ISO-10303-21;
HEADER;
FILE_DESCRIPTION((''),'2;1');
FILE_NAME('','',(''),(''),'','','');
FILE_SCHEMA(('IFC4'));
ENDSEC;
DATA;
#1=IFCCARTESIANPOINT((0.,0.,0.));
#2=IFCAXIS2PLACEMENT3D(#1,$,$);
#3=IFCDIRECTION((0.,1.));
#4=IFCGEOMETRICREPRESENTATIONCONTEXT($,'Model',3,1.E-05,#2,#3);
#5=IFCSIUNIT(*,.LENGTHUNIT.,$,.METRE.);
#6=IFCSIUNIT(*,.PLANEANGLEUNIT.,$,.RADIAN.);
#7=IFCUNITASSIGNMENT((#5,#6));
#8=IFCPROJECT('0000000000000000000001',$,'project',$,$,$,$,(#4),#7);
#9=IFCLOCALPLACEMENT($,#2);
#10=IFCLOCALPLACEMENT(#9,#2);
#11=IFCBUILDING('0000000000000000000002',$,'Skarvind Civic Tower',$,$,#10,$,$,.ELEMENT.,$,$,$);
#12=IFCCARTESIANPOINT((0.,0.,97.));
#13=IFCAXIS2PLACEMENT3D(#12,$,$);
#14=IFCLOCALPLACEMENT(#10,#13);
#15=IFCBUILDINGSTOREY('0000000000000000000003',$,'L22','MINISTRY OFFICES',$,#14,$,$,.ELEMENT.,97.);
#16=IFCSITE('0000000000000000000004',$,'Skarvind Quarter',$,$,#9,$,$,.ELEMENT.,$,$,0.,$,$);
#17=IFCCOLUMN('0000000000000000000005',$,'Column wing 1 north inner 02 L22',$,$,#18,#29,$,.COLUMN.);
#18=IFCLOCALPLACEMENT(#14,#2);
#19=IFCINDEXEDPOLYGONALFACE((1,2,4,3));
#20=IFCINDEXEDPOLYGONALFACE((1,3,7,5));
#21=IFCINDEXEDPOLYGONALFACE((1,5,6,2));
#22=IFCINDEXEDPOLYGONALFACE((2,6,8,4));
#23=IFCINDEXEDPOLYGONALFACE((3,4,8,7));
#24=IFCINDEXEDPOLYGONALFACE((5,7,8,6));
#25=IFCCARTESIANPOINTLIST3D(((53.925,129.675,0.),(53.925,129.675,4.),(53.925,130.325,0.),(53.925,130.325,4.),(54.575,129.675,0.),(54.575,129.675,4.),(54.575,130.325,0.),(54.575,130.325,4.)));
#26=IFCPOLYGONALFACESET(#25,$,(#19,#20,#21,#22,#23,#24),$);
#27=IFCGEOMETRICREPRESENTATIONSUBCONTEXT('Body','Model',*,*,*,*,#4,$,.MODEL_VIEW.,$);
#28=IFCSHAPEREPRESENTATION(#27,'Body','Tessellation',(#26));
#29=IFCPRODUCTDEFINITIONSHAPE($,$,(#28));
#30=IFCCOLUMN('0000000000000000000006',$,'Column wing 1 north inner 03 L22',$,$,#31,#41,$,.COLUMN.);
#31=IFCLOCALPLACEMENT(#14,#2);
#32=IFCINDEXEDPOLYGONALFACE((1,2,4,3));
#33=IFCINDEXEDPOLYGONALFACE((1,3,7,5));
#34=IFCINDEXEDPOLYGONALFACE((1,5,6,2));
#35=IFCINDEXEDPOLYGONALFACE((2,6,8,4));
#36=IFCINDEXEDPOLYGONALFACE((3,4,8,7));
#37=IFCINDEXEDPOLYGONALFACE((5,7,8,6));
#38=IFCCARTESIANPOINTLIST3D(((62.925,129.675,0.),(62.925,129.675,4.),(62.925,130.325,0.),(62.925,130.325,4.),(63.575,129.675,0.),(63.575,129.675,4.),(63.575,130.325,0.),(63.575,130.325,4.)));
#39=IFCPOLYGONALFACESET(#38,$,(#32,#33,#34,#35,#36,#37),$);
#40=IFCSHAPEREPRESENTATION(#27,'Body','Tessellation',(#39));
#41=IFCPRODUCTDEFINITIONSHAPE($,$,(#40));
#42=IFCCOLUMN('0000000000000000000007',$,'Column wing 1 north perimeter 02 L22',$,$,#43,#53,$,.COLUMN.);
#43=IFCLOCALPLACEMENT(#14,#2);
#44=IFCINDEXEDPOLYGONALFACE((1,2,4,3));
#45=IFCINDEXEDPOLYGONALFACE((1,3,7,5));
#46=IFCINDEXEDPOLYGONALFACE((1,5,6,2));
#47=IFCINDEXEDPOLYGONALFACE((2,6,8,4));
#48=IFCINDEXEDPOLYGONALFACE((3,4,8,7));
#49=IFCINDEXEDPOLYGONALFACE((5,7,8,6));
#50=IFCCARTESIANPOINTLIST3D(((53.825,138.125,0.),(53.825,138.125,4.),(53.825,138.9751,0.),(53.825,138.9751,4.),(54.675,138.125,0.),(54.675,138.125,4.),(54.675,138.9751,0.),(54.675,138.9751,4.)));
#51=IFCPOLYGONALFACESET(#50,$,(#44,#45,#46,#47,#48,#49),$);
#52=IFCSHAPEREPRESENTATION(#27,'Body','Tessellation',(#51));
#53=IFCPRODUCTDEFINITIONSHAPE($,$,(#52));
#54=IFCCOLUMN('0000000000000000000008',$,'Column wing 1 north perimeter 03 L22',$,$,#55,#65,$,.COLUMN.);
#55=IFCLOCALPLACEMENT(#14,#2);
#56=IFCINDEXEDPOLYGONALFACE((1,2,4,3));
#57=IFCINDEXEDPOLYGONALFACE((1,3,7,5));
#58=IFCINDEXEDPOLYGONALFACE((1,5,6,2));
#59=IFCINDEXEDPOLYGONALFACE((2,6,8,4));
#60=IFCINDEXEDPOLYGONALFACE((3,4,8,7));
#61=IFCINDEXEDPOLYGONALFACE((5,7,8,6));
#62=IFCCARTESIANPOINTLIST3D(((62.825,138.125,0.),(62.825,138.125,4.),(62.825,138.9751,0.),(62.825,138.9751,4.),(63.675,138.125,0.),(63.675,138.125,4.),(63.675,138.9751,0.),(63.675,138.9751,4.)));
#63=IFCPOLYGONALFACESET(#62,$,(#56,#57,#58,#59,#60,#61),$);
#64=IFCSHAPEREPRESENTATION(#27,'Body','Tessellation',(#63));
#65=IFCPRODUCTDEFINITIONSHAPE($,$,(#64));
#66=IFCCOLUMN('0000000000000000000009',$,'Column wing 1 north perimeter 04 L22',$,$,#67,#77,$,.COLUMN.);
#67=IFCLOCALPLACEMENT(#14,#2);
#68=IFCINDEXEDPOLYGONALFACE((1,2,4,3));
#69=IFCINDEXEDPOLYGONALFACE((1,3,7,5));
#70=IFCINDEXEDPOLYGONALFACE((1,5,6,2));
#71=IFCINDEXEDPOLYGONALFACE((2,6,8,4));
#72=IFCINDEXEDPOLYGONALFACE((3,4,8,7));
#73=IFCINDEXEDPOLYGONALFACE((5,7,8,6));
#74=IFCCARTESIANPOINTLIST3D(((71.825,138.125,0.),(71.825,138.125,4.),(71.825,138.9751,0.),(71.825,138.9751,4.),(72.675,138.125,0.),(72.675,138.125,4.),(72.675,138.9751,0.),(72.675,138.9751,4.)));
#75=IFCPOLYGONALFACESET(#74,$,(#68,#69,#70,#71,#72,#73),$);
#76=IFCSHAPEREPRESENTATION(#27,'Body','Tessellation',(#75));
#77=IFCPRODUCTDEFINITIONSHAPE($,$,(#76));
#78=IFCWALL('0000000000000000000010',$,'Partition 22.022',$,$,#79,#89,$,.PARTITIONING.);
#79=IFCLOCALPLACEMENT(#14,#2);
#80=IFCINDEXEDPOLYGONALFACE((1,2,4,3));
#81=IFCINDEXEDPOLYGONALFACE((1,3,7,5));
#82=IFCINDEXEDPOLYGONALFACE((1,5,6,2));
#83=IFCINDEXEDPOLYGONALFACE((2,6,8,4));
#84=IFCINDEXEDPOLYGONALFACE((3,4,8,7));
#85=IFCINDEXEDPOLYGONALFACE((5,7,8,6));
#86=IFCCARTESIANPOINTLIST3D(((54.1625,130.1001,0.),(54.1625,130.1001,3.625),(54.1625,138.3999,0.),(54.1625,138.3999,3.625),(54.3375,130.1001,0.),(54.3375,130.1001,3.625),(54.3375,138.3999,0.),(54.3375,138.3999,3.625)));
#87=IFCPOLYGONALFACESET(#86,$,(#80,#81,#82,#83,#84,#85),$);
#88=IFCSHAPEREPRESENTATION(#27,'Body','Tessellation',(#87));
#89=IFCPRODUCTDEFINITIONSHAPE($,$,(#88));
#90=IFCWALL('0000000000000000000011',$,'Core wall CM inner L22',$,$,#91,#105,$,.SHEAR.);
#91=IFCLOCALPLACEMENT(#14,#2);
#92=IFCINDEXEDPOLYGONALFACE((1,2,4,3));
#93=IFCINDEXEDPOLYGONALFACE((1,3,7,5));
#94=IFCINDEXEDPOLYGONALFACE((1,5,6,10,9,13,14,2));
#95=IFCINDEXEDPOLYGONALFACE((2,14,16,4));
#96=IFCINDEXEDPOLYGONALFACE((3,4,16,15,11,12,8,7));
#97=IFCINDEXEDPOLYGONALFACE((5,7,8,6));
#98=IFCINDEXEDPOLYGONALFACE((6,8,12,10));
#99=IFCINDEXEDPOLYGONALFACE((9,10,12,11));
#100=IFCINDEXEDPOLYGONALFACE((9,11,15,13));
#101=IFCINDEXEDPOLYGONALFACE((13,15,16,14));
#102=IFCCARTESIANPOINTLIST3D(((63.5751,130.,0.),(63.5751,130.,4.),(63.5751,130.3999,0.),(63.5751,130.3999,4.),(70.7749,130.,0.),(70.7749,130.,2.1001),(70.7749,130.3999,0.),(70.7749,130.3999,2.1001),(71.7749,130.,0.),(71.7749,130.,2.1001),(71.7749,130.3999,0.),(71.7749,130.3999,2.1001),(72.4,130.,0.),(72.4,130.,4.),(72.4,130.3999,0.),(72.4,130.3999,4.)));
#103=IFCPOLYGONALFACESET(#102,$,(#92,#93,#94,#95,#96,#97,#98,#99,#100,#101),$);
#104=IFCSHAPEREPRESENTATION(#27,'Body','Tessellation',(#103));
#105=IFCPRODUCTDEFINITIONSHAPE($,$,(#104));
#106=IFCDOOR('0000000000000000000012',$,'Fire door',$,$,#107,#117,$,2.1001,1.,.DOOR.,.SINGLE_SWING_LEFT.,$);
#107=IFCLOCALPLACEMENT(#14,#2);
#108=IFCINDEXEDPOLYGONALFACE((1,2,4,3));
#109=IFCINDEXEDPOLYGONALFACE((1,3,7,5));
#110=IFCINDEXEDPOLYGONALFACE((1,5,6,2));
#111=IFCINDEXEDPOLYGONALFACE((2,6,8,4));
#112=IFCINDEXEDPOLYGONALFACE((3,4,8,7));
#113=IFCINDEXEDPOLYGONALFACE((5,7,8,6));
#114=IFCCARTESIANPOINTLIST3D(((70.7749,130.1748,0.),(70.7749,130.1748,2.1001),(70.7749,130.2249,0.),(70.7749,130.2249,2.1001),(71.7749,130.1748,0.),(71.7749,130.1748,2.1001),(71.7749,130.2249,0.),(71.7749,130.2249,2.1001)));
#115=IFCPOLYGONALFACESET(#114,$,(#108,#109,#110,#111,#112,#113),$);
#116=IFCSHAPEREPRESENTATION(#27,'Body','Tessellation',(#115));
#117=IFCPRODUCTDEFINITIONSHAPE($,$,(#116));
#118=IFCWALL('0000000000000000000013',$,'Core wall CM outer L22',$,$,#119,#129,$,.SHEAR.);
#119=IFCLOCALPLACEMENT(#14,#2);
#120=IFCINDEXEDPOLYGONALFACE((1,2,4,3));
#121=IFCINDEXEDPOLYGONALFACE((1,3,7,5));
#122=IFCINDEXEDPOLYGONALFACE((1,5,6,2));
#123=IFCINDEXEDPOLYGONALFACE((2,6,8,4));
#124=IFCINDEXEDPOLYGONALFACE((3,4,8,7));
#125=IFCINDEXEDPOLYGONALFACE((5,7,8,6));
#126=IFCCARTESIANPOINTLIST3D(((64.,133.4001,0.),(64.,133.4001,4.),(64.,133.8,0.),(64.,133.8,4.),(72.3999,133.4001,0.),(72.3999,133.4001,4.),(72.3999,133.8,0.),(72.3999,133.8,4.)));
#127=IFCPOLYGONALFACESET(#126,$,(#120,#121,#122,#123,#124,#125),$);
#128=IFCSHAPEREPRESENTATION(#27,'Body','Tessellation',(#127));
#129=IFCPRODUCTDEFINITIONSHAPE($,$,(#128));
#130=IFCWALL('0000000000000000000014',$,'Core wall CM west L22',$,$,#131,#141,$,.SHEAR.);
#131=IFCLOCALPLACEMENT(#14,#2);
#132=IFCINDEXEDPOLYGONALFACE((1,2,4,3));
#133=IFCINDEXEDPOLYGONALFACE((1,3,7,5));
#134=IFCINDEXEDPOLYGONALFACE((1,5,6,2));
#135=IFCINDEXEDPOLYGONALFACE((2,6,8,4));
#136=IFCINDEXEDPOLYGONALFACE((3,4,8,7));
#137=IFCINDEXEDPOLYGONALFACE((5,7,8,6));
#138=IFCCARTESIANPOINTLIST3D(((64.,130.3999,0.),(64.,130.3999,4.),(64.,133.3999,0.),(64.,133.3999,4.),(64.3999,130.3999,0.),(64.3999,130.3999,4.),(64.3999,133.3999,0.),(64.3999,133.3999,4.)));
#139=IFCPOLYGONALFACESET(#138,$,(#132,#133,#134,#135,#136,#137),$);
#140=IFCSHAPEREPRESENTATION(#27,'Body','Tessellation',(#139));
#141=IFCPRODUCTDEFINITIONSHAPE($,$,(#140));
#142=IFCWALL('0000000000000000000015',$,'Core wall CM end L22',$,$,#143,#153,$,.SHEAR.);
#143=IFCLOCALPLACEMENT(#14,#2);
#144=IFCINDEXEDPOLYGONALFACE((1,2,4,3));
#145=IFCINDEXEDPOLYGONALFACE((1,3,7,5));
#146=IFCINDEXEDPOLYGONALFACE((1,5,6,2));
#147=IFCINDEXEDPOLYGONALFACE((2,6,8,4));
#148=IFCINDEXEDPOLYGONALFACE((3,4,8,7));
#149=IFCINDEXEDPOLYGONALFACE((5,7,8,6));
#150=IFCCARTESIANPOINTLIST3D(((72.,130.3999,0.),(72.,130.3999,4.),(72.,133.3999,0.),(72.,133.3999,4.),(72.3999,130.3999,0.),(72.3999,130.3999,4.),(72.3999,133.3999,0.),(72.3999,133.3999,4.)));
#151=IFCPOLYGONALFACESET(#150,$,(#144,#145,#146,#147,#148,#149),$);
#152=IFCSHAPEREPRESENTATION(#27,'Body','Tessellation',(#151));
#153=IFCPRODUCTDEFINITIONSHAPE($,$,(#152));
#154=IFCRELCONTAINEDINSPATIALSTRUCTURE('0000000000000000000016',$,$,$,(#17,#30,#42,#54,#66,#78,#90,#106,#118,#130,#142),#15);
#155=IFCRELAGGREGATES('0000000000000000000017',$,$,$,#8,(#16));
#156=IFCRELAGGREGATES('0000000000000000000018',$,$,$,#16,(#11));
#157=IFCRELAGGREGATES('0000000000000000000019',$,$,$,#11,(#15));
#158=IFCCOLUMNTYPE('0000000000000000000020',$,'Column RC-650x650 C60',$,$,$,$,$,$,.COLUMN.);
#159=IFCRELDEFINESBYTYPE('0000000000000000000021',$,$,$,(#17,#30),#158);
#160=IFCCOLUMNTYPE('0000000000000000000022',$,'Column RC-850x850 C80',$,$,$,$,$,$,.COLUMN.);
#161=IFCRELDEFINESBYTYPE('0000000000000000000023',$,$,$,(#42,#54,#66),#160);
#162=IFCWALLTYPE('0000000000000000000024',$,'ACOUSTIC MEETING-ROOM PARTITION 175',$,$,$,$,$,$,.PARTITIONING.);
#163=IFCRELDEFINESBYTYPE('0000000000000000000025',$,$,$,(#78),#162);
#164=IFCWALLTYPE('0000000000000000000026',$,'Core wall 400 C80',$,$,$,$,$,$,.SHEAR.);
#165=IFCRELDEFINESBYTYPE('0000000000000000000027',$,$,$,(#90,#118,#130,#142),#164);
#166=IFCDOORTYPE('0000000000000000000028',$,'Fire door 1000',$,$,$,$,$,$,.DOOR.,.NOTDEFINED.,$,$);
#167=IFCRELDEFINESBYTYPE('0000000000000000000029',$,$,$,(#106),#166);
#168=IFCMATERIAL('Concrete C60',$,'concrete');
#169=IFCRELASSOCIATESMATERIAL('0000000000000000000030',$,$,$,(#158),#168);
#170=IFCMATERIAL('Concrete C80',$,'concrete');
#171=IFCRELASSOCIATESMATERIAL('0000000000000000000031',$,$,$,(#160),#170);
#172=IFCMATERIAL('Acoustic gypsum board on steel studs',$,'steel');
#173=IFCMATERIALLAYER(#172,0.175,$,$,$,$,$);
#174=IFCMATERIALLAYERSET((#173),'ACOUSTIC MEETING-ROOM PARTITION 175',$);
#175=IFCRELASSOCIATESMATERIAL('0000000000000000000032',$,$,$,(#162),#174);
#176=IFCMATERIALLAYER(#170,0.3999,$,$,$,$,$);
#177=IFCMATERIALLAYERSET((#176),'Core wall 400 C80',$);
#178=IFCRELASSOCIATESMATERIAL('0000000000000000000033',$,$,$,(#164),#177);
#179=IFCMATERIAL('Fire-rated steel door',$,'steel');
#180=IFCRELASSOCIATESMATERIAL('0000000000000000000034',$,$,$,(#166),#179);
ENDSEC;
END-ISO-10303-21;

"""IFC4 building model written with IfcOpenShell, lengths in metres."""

from ifc_helpers import new_model, si_unit, direction, frame, frame_2d, origin, origin_2d, place, context, subcontext, project, spatial, rectangle, extrude, material, layer, layer_set, material_profile, profile_set, type_object, element, fill, save


model = new_model("IFC4")

# Units and contexts
model_context = context("Model", 3, precision=1e-05, world=origin(), true_north=direction((0.0, 1.0)))
body_context = subcontext(model_context, "Body", "Model", "MODEL_VIEW")
ifc_project = project(units=[si_unit("LENGTHUNIT", "METRE"), si_unit("PLANEANGLEUNIT", "RADIAN")], contexts=[model_context])

# Site, building, storey
site_placement = place(None, origin())
site = spatial("IfcSite", under=ifc_project, at=site_placement, Name="Skarvind Quarter", CompositionType="ELEMENT", RefElevation=0.0)
building_placement = place(site_placement, origin())
building = spatial("IfcBuilding", under=site, at=building_placement, Name="Skarvind Civic Tower", CompositionType="ELEMENT")
storey_placement = place(building_placement, frame((0.0, 0.0, 97.0)))
storey = spatial("IfcBuildingStorey", under=building, at=storey_placement, Name="L22", Description="MINISTRY OFFICES", CompositionType="ELEMENT", Elevation=97.0)

# Columns
ifc_material_1 = material(Name="Concrete C60", Category="concrete")
ifc_material_profile_1 = material_profile(ifc_material_1, rectangle(XDim=0.6499, YDim=0.6499, at=origin_2d()), Name="RC-650x650")
ifc_profile_set_1 = profile_set([ifc_material_profile_1], Name="Concrete C60")
column_type_1 = type_object("IfcColumnType", Name="Column RC-650x650 C60", PredefinedType="COLUMN", material=ifc_profile_set_1)
for number, where, z_axis, x_axis, name in (
    (1, (54.25, 130.0, 0.0), (0.0, 0.0, 1.0), (1.0, 0.0, 0.0), "Column wing 1 north inner 02 L22"),
    (2, (63.25, 130.0, 0.0), (0.0, 0.0, 1.0), (1.0, 0.0, 0.0), "Column wing 1 north inner 03 L22"),
):
    element("IfcColumn", number, at=place(storey_placement, frame(where, z_axis=z_axis, x_axis=x_axis)), inside=storey, type_object=column_type_1, Name=name, PredefinedType="COLUMN", context=body_context, shape_type="SweptSolid", body=[
        extrude(rectangle(XDim=0.6499, YDim=0.6499, at=origin_2d()), origin(), (0.0, 0.0, 1.0), 4.0),
    ])
ifc_material_2 = material(Name="Concrete C80", Category="concrete")
ifc_material_profile_2 = material_profile(ifc_material_2, rectangle(XDim=0.8501, YDim=0.8501, at=origin_2d()), Name="RC-850x850")
ifc_profile_set_2 = profile_set([ifc_material_profile_2], Name="Concrete C80")
column_type_2 = type_object("IfcColumnType", Name="Column RC-850x850 C80", PredefinedType="COLUMN", material=ifc_profile_set_2)
for number, where, z_axis, x_axis, name in (
    (3, (54.25, 138.55, 0.0), (0.0, 0.0, 1.0), (1.0, 0.0, 0.0), "Column wing 1 north perimeter 02 L22"),
    (4, (63.25, 138.55, 0.0), (0.0, 0.0, 1.0), (1.0, 0.0, 0.0), "Column wing 1 north perimeter 03 L22"),
    (5, (72.25, 138.55, 0.0), (0.0, 0.0, 1.0), (1.0, 0.0, 0.0), "Column wing 1 north perimeter 04 L22"),
):
    element("IfcColumn", number, at=place(storey_placement, frame(where, z_axis=z_axis, x_axis=x_axis)), inside=storey, type_object=column_type_2, Name=name, PredefinedType="COLUMN", context=body_context, shape_type="SweptSolid", body=[
        extrude(rectangle(XDim=0.8501, YDim=0.8501, at=origin_2d()), origin(), (0.0, 0.0, 1.0), 4.0),
    ])

# Wall
ifc_material_3 = material(Name="Acoustic gypsum board on steel studs", Category="steel")
ifc_layer_1 = layer(ifc_material_3, 0.175)
ifc_layer_set_1 = layer_set([ifc_layer_1], Name="ACOUSTIC MEETING-ROOM PARTITION 175")
wall_type_1 = type_object("IfcWallType", Name="ACOUSTIC MEETING-ROOM PARTITION 175", PredefinedType="PARTITIONING", material=ifc_layer_set_1)
wall_1_placement = place(storey_placement, frame((54.25, 138.3999, 0.0), z_axis=(0.0, 0.0, 1.0), x_axis=(0.0, -1.0, 0.0)))
element("IfcWall", 6, at=wall_1_placement, inside=storey, type_object=wall_type_1, Name="Partition 22.022", PredefinedType="PARTITIONING", context=body_context, shape_type="SweptSolid", body=[
    extrude(rectangle(XDim=8.2998, YDim=0.175, at=frame_2d((4.1499, 0.0))), origin(), (0.0, 0.0, 1.0), 3.625),
])

# Wall, opening, door
ifc_layer_2 = layer(ifc_material_2, 0.3999)
ifc_layer_set_2 = layer_set([ifc_layer_2], Name="Core wall 400 C80")
wall_type_2 = type_object("IfcWallType", Name="Core wall 400 C80", PredefinedType="SHEAR", material=ifc_layer_set_2)
wall_2_placement = place(storey_placement, frame((63.575, 130.2, 0.0), z_axis=(0.0, 0.0, 1.0), x_axis=(1.0, 0.0, 0.0)))
wall_2 = element("IfcWall", 7, at=wall_2_placement, inside=storey, type_object=wall_type_2, Name="Core wall CM inner L22", PredefinedType="SHEAR", context=body_context, shape_type="SweptSolid", body=[
    extrude(rectangle(XDim=8.825, YDim=0.3999, at=frame_2d((4.4126, 0.0))), origin(), (0.0, 0.0, 1.0), 4.0),
])
opening_1_placement = place(wall_2_placement, frame((7.2, 0.0, 0.0)))
opening_1 = element("IfcOpeningElement", 8, at=opening_1_placement, cuts=wall_2, PredefinedType="OPENING", context=body_context, shape_type="SweptSolid", body=[
    extrude(rectangle(XDim=1.0, YDim=2.1001, at=frame_2d((0.5, 1.05))), frame((0.0, 0.21, 0.0), z_axis=(0.0, -1.0, 0.0), x_axis=(1.0, 0.0, 0.0)), (0.0, 0.0, 1.0), 0.4199),
])
ifc_material_4 = material(Name="Fire-rated steel door", Category="steel")
door_type_1 = type_object("IfcDoorType", Name="Fire door 1000", OperationType="NOTDEFINED", PredefinedType="DOOR", material=ifc_material_4)
door_1_placement = place(opening_1_placement, origin())
door_1 = element("IfcDoor", 9, at=door_1_placement, inside=storey, type_object=door_type_1, Name="Fire door", OperationType="SINGLE_SWING_LEFT", OverallHeight=2.1001, OverallWidth=1.0, PredefinedType="DOOR", context=body_context, shape_type="SweptSolid", body=[
    extrude(rectangle(XDim=1.0, YDim=2.1001, at=frame_2d((0.5, 1.05))), frame((0.0, 0.0249, 0.0), z_axis=(0.0, -1.0, 0.0), x_axis=(1.0, 0.0, 0.0)), (0.0, 0.0, 1.0), 0.05),
])
fill(opening_1, door_1)

# Walls
wall_3_placement = place(storey_placement, frame((64.0, 133.6001, 0.0), z_axis=(0.0, 0.0, 1.0), x_axis=(1.0, 0.0, 0.0)))
element("IfcWall", 10, at=wall_3_placement, inside=storey, type_object=wall_type_2, Name="Core wall CM outer L22", PredefinedType="SHEAR", context=body_context, shape_type="SweptSolid", body=[
    extrude(rectangle(XDim=8.3999, YDim=0.3999, at=frame_2d((4.2, 0.0))), origin(), (0.0, 0.0, 1.0), 4.0),
])
for number, where, z_axis, x_axis, name in (
    (11, (64.2, 130.3999, 0.0), (0.0, 0.0, 1.0), (0.0, 1.0, 0.0), "Core wall CM west L22"),
    (12, (72.2, 130.3999, 0.0), (0.0, 0.0, 1.0), (0.0, 1.0, 0.0), "Core wall CM end L22"),
):
    element("IfcWall", number, at=place(storey_placement, frame(where, z_axis=z_axis, x_axis=x_axis)), inside=storey, type_object=wall_type_2, Name=name, PredefinedType="SHEAR", context=body_context, shape_type="SweptSolid", body=[
        extrude(rectangle(XDim=3.0, YDim=0.3999, at=frame_2d((1.5, 0.0))), origin(), (0.0, 0.0, 1.0), 4.0),
    ])

save(model, "model.ifc")
